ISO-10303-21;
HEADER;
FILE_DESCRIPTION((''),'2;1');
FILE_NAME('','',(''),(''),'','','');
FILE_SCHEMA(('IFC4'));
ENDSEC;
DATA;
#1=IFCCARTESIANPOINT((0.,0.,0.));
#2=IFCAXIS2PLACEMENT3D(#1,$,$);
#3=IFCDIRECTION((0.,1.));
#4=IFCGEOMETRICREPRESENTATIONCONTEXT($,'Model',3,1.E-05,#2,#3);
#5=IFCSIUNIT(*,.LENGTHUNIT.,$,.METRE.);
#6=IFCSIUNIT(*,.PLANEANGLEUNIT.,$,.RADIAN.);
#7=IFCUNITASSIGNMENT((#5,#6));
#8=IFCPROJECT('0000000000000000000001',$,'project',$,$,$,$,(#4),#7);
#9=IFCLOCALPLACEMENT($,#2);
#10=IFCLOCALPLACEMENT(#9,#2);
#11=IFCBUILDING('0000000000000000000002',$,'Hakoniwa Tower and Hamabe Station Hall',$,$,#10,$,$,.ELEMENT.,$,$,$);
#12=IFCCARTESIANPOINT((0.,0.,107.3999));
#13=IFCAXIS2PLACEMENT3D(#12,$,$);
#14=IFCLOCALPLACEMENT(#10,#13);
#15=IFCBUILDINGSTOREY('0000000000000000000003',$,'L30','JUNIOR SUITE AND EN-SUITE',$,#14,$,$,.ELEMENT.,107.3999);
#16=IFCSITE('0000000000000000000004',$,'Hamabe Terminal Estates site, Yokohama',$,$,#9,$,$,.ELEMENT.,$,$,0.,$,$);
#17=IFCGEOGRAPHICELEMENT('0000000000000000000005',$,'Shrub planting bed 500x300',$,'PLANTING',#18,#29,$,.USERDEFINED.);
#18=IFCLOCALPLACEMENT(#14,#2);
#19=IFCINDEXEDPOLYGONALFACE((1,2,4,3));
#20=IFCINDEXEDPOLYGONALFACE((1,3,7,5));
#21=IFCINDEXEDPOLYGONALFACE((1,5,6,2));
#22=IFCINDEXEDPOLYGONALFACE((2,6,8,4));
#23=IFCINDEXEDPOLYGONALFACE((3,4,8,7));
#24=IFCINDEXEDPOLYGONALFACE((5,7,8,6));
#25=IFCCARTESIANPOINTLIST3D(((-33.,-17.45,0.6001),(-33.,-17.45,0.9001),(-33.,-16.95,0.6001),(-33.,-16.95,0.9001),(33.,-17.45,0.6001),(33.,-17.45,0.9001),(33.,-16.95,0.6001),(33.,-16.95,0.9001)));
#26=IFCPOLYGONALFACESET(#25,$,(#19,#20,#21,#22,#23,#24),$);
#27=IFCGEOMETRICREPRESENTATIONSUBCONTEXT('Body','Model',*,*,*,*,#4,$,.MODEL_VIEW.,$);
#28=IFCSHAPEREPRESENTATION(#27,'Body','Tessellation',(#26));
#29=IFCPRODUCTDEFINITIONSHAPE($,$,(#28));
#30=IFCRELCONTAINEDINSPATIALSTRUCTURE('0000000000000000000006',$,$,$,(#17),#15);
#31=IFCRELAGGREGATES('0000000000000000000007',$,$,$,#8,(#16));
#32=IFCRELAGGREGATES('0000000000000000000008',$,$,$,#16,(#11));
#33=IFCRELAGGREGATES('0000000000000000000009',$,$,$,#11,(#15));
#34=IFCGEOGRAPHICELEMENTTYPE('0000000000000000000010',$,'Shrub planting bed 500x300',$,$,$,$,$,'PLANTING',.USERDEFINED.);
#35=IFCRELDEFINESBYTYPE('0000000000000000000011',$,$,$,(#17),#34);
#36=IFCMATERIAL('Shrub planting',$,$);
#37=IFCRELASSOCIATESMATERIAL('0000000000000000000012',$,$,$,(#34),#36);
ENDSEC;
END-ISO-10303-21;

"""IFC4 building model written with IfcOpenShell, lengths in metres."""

from ifc_helpers import new_model, si_unit, direction, frame, origin, origin_2d, place, context, subcontext, project, spatial, rectangle, extrude, material, type_object, element, save


model = new_model("IFC4")

# Units and contexts
model_context = context("Model", 3, precision=1e-05, world=origin(), true_north=direction((0.0, 1.0)))
body_context = subcontext(model_context, "Body", "Model", "MODEL_VIEW")
ifc_project = project(units=[si_unit("LENGTHUNIT", "METRE"), si_unit("PLANEANGLEUNIT", "RADIAN")], contexts=[model_context])

# Site, building, storey
site_placement = place(None, origin())
site = spatial("IfcSite", under=ifc_project, at=site_placement, Name="Hamabe Terminal Estates site, Yokohama", CompositionType="ELEMENT", RefElevation=0.0)
building_placement = place(site_placement, origin())
building = spatial("IfcBuilding", under=site, at=building_placement, Name="Hakoniwa Tower and Hamabe Station Hall", CompositionType="ELEMENT")
storey_placement = place(building_placement, frame((0.0, 0.0, 107.3999)))
storey = spatial("IfcBuildingStorey", under=building, at=storey_placement, Name="L30", Description="JUNIOR SUITE AND EN-SUITE", CompositionType="ELEMENT", Elevation=107.3999)

# Geographic element
ifc_material_1 = material(Name="Shrub planting")
geographic_element_type = type_object("IfcGeographicElementType", Name="Shrub planting bed 500x300", ElementType="PLANTING", PredefinedType="USERDEFINED", material=ifc_material_1)
geographic_element_placement = place(storey_placement, frame((0.0, -17.2, 0.6001), z_axis=(0.0, 0.0, 1.0), x_axis=(1.0, 0.0, 0.0)))
element("IfcGeographicElement", 1, at=geographic_element_placement, inside=storey, type_object=geographic_element_type, Name="Shrub planting bed 500x300", ObjectType="PLANTING", PredefinedType="USERDEFINED", context=body_context, shape_type="SweptSolid", body=[
    extrude(rectangle(XDim=66.0, YDim=0.5, at=origin_2d()), origin(), (0.0, 0.0, 1.0), 0.3),
])

save(model, "model.ifc")
